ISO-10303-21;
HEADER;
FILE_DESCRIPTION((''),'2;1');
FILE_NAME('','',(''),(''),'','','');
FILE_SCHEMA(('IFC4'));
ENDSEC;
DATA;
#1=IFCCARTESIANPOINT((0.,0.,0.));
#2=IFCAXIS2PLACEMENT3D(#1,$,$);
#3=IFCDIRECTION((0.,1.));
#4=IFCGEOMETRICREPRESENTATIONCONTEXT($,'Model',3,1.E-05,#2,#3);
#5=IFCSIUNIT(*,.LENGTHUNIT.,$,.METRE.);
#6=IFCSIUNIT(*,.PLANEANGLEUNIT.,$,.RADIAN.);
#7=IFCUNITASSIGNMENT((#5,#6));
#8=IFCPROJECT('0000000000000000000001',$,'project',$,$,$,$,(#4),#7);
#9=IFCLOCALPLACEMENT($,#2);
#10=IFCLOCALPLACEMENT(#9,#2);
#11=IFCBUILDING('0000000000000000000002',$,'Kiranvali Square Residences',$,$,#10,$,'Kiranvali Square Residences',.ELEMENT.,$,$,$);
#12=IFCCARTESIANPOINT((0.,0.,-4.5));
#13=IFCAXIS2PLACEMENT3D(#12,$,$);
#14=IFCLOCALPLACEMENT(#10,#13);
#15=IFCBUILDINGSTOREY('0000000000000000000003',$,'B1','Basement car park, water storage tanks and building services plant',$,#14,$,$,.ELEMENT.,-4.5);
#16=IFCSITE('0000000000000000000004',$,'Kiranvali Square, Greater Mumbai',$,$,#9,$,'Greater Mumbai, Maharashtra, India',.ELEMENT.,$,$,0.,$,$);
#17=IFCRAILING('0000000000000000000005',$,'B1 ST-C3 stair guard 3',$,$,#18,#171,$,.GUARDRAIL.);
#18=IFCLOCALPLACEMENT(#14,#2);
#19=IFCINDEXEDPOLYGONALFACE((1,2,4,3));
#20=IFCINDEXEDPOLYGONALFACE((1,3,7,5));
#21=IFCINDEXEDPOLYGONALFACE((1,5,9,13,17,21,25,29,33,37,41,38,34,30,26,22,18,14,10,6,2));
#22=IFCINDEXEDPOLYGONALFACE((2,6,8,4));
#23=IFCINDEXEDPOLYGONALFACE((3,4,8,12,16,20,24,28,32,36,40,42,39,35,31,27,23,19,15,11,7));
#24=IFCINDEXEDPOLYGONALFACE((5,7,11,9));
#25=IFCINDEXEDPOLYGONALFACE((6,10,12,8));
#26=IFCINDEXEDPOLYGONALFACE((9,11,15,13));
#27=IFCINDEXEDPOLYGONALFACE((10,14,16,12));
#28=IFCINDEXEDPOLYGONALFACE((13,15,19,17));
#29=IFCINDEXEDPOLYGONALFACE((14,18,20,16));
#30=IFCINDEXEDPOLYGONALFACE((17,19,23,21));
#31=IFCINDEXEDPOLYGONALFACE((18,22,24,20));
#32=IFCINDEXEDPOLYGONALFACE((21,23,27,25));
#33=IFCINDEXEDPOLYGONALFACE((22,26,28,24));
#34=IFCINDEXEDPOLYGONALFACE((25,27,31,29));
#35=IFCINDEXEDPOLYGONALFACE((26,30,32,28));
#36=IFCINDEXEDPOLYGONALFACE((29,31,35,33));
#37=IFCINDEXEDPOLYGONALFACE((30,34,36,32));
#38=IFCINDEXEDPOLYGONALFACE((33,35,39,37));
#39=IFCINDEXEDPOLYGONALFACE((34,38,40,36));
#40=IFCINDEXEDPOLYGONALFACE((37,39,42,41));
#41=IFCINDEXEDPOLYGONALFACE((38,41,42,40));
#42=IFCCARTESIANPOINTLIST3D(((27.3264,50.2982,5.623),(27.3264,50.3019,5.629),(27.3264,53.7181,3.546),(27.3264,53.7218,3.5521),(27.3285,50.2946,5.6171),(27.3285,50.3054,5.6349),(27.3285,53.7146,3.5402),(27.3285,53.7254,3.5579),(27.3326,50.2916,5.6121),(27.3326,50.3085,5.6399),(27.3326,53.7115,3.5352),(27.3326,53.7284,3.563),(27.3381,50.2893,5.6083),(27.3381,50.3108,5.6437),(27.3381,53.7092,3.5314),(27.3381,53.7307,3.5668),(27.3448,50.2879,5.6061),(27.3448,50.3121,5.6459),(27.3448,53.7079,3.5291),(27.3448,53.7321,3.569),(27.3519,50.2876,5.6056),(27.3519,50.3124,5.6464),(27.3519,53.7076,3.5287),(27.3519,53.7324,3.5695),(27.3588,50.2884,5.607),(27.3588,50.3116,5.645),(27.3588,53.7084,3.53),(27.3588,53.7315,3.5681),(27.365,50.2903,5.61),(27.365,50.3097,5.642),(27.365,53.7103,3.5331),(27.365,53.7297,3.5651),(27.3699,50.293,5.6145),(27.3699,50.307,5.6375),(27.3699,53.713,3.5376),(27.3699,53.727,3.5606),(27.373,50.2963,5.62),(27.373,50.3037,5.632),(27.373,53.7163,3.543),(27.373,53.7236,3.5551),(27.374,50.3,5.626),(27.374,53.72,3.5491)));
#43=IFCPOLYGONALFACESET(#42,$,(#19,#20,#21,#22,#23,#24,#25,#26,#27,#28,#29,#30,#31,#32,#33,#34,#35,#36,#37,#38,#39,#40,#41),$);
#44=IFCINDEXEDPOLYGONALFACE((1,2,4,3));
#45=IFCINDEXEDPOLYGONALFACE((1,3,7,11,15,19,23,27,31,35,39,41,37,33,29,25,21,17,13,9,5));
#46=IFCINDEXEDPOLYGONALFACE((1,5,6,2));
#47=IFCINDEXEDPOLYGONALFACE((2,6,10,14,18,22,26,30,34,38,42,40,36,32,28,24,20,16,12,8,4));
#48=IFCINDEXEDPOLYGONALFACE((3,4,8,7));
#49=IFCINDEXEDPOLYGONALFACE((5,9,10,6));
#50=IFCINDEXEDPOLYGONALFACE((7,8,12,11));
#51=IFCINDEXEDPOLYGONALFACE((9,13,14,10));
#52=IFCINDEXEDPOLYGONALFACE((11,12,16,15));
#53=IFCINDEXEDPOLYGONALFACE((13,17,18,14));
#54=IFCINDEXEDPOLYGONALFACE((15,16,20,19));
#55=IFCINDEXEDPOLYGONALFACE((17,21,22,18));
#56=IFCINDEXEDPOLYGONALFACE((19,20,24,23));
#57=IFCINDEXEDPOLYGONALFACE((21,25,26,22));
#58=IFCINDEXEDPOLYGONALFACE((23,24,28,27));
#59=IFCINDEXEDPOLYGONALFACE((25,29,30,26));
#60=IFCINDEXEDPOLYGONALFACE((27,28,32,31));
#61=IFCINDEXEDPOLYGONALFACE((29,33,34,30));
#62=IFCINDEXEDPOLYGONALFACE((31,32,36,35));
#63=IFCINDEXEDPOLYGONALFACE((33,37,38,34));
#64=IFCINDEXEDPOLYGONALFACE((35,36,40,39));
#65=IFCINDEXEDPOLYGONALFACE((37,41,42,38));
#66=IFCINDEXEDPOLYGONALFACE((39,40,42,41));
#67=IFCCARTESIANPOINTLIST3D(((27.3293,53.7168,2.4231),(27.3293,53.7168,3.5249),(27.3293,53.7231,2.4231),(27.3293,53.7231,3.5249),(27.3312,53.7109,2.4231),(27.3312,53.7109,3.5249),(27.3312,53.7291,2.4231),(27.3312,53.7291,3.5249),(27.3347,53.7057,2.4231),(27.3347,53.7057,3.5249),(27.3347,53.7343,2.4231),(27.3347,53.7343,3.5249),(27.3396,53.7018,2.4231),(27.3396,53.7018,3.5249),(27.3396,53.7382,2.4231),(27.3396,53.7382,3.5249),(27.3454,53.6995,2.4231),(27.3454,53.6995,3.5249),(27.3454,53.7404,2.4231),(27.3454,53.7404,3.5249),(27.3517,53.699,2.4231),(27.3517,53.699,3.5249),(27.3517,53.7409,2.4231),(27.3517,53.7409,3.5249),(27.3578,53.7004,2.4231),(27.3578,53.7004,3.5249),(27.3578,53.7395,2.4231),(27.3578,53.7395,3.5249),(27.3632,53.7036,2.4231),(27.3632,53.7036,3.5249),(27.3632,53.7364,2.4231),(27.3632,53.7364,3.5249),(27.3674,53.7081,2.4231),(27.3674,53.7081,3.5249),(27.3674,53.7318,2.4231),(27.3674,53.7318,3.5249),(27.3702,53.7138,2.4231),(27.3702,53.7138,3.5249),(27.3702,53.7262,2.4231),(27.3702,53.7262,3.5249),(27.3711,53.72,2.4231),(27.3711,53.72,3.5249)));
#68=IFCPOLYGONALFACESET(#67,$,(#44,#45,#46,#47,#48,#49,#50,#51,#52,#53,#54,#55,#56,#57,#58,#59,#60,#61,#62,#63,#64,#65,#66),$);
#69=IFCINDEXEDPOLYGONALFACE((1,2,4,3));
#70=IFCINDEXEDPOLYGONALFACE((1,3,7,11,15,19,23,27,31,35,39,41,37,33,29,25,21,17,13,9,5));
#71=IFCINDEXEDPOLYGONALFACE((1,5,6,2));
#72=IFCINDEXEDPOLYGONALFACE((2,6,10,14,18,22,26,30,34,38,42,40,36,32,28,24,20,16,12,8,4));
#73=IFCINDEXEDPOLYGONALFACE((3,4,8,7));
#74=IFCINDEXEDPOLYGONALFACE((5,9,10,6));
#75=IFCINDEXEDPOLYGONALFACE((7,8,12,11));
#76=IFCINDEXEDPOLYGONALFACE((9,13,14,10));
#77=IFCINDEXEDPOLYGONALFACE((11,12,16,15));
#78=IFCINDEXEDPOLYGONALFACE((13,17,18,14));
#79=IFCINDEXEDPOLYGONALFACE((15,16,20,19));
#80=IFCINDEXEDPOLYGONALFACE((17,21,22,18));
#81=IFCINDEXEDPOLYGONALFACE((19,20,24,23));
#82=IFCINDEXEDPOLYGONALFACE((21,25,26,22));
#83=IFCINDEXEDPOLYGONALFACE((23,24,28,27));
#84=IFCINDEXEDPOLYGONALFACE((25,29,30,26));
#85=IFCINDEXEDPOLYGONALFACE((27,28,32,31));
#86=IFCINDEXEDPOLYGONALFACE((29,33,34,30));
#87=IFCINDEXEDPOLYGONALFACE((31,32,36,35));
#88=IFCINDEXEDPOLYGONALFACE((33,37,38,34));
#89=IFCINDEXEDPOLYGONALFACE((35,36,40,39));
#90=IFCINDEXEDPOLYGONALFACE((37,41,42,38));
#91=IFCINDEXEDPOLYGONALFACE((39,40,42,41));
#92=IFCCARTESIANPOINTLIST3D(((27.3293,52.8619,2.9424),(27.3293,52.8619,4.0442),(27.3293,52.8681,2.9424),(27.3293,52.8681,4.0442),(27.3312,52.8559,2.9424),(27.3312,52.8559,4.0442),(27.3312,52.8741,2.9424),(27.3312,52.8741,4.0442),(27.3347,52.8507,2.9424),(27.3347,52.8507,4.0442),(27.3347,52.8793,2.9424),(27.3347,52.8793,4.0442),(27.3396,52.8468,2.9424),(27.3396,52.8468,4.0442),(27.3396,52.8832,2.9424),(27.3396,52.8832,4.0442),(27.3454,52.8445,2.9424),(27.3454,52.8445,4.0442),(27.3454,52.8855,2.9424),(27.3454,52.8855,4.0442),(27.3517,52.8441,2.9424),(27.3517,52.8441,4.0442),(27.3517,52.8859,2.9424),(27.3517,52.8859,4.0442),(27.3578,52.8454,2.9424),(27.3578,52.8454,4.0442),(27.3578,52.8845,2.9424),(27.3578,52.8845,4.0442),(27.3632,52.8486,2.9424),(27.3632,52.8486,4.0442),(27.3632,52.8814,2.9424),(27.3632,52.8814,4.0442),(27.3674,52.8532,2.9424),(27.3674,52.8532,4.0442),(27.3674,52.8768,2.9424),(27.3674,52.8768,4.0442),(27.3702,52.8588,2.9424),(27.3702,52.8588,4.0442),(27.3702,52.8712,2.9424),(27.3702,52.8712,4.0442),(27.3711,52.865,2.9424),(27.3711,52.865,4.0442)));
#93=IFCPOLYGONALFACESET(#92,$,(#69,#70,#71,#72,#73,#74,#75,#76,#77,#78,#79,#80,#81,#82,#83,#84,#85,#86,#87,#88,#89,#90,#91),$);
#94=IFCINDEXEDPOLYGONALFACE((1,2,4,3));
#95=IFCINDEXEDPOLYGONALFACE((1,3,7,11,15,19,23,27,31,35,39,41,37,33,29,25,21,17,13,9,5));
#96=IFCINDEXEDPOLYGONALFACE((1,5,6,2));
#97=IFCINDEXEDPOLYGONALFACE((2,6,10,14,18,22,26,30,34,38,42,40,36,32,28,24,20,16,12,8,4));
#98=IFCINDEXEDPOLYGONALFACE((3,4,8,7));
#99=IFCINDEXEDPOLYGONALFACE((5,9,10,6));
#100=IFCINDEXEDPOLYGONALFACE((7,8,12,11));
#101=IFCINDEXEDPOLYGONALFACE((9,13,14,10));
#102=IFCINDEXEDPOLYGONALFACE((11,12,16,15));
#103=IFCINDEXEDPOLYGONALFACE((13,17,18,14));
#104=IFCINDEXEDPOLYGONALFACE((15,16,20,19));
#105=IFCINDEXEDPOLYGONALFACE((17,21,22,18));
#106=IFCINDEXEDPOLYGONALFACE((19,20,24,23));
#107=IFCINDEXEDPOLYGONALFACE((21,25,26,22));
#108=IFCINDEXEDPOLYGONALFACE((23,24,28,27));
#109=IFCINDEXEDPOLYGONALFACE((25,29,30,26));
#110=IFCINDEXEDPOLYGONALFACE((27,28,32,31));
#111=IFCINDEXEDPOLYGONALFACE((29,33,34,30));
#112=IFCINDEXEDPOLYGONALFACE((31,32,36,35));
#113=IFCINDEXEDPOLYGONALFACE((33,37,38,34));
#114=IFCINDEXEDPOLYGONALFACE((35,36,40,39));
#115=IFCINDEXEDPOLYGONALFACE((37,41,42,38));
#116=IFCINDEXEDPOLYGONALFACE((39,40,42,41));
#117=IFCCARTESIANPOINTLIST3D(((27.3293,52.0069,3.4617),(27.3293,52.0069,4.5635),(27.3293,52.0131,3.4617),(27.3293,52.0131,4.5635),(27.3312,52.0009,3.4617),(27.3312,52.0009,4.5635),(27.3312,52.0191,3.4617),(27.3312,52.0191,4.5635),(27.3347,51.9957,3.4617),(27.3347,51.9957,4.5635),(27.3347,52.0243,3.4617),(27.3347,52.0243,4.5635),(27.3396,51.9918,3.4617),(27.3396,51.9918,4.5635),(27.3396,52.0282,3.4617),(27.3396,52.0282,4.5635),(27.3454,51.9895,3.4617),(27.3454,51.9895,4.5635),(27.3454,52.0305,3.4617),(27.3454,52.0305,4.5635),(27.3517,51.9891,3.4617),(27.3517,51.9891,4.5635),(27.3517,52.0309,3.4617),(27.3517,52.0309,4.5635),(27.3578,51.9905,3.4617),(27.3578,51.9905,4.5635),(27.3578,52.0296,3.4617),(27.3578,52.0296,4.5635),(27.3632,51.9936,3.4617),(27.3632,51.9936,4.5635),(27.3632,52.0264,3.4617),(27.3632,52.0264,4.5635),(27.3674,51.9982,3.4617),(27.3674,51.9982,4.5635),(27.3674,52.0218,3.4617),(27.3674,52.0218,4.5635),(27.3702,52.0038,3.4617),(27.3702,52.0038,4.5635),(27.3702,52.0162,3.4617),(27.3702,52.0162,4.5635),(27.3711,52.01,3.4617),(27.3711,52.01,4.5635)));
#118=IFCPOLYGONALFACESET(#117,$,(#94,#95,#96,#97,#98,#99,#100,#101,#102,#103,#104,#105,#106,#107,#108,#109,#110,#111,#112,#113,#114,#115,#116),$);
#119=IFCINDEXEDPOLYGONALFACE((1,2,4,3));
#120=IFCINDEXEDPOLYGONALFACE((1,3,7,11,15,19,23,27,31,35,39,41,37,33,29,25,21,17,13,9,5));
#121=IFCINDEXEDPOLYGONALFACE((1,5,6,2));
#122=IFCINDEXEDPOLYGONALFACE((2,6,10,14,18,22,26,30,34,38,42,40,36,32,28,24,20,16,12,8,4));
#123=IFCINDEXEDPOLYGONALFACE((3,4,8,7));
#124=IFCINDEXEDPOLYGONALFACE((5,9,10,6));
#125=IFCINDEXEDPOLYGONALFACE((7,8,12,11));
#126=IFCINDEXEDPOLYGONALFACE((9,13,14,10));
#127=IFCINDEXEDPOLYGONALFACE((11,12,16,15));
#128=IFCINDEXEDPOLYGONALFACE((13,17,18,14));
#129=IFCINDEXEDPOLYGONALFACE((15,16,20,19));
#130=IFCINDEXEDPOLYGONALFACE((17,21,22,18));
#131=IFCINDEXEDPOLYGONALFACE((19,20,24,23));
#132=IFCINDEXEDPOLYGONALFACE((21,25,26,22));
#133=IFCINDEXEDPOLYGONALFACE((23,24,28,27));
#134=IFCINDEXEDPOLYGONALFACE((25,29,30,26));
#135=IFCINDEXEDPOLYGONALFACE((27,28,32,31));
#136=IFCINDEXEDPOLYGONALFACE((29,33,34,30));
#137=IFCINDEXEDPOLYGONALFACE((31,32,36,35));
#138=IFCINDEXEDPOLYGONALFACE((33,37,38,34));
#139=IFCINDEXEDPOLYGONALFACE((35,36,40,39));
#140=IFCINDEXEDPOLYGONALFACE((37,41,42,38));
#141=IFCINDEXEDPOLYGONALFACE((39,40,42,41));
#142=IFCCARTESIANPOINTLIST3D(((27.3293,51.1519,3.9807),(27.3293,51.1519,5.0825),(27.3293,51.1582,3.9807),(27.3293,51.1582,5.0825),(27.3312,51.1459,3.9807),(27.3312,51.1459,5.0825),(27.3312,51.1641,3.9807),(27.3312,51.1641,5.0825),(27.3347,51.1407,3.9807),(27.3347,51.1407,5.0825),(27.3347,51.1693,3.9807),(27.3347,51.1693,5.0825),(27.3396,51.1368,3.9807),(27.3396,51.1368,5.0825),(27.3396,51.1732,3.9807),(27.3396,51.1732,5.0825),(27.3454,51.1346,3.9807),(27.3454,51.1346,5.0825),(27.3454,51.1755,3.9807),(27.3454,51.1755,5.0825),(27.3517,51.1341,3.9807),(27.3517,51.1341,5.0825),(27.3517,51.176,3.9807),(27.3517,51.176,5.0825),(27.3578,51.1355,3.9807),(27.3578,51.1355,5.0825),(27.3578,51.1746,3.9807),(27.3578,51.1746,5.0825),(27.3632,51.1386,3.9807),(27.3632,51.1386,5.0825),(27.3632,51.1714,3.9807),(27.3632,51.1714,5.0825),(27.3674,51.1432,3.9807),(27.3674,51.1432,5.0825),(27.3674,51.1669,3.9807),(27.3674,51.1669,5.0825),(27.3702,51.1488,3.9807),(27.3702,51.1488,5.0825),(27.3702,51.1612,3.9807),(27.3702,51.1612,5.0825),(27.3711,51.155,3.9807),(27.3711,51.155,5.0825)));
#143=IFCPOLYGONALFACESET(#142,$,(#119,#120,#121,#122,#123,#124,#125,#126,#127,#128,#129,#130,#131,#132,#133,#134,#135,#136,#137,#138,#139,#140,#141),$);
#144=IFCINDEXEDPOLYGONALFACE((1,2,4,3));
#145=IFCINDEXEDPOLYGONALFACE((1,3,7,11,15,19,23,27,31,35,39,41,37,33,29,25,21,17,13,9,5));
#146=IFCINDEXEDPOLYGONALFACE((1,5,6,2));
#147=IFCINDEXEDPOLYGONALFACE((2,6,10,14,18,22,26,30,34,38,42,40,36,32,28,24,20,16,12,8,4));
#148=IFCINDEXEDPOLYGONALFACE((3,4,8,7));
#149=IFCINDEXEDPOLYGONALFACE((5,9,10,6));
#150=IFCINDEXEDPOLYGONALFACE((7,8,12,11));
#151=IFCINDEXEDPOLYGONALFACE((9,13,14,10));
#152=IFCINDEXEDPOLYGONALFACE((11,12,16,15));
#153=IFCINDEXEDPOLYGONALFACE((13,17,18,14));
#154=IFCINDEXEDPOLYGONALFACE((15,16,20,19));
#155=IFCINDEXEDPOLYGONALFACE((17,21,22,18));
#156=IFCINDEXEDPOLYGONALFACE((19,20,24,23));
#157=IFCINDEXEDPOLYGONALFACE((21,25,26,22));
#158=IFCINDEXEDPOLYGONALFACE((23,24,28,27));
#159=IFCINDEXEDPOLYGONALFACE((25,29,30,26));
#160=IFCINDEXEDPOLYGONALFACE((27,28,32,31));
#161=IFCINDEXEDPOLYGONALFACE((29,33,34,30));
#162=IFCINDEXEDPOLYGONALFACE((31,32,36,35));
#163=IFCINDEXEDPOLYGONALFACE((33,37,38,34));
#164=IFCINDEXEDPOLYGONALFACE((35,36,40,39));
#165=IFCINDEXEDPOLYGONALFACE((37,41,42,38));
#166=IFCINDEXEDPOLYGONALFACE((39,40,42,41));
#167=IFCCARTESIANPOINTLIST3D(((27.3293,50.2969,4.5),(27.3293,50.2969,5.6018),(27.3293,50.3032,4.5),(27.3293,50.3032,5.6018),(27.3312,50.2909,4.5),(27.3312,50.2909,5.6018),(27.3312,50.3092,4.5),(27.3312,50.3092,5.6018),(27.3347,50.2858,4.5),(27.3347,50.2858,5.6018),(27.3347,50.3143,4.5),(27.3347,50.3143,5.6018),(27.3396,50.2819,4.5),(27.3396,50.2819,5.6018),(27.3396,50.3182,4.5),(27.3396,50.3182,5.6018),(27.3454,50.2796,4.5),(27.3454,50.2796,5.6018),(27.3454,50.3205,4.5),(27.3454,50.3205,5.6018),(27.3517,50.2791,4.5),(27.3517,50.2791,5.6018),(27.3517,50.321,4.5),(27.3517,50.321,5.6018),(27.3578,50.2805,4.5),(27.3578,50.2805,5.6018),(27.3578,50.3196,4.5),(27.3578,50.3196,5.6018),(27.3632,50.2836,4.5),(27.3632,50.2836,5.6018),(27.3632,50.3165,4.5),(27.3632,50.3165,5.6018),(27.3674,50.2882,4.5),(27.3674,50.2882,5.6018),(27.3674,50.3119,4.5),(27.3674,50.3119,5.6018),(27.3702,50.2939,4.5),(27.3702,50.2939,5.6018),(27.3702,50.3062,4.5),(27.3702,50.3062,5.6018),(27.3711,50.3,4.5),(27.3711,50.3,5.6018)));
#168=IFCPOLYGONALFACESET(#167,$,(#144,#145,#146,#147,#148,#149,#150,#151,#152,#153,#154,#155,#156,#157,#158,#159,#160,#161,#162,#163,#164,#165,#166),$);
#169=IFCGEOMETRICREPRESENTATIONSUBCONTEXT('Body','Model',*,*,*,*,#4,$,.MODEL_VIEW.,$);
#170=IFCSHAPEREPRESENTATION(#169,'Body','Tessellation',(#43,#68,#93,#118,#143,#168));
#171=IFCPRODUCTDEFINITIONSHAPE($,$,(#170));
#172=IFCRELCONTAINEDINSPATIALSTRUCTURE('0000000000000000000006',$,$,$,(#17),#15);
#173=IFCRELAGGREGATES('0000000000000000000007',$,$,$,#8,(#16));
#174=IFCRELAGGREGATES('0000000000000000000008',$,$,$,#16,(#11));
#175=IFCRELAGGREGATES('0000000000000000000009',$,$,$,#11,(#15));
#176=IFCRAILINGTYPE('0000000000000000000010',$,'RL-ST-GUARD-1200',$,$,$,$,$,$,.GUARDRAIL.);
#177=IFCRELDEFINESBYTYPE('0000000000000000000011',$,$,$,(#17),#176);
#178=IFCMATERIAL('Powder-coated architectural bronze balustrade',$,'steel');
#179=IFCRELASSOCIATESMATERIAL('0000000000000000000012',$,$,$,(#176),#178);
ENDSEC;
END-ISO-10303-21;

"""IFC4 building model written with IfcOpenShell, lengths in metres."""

from ifc_helpers import new_model, si_unit, direction, frame, origin, origin_2d, place, context, subcontext, project, spatial, circle, extrude, material, type_object, element, save


model = new_model("IFC4")

# Units and contexts
model_context = context("Model", 3, precision=1e-05, world=origin(), true_north=direction((0.0, 1.0)))
body_context = subcontext(model_context, "Body", "Model", "MODEL_VIEW")
ifc_project = project(units=[si_unit("LENGTHUNIT", "METRE"), si_unit("PLANEANGLEUNIT", "RADIAN")], contexts=[model_context])

# Site, building, storey
site_placement = place(None, origin())
site = spatial("IfcSite", under=ifc_project, at=site_placement, Name="Kiranvali Square, Greater Mumbai", LongName="Greater Mumbai, Maharashtra, India", CompositionType="ELEMENT", RefElevation=0.0)
building_placement = place(site_placement, origin())
building = spatial("IfcBuilding", under=site, at=building_placement, Name="Kiranvali Square Residences", LongName="Kiranvali Square Residences", CompositionType="ELEMENT")
storey_placement = place(building_placement, frame((0.0, 0.0, -4.5)))
storey = spatial("IfcBuildingStorey", under=building, at=storey_placement, Name="B1", Description="Basement car park, water storage tanks and building services plant", CompositionType="ELEMENT", Elevation=-4.5)

# Railing
ifc_material_1 = material(Name="Powder-coated architectural bronze balustrade", Category="steel")
railing_type_1 = type_object("IfcRailingType", Name="RL-ST-GUARD-1200", PredefinedType="GUARDRAIL", material=ifc_material_1)
railing_1_placement = place(storey_placement, frame((27.3501, 53.72, 2.4231)))
element("IfcRailing", 1, at=railing_1_placement, inside=storey, type_object=railing_type_1, Name="B1 ST-C3 stair guard 3", PredefinedType="GUARDRAIL", context=body_context, shape_type="SweptSolid", body=[
    extrude(circle(Radius=0.0239, at=origin_2d()), frame((0.0, 0.0, 1.126), z_axis=(0.0, -0.85473, 0.519074), x_axis=(1.0, 0.0, 0.0)), (0.0, 0.0, 1.0), 4.0012),
    extrude(circle(Radius=0.021, at=origin_2d()), origin(), (0.0, 0.0, 1.0), 1.1018),
    extrude(circle(Radius=0.021, at=origin_2d()), frame((0.0, -0.855, 0.5193)), (0.0, 0.0, 1.0), 1.1018),
    extrude(circle(Radius=0.021, at=origin_2d()), frame((0.0, -1.71, 1.0386)), (0.0, 0.0, 1.0), 1.1018),
    extrude(circle(Radius=0.021, at=origin_2d()), frame((0.0, -2.5649, 1.5576)), (0.0, 0.0, 1.0), 1.1018),
    extrude(circle(Radius=0.021, at=origin_2d()), frame((0.0, -3.4199, 2.0769)), (0.0, 0.0, 1.0), 1.1018),
])

save(model, "model.ifc")
